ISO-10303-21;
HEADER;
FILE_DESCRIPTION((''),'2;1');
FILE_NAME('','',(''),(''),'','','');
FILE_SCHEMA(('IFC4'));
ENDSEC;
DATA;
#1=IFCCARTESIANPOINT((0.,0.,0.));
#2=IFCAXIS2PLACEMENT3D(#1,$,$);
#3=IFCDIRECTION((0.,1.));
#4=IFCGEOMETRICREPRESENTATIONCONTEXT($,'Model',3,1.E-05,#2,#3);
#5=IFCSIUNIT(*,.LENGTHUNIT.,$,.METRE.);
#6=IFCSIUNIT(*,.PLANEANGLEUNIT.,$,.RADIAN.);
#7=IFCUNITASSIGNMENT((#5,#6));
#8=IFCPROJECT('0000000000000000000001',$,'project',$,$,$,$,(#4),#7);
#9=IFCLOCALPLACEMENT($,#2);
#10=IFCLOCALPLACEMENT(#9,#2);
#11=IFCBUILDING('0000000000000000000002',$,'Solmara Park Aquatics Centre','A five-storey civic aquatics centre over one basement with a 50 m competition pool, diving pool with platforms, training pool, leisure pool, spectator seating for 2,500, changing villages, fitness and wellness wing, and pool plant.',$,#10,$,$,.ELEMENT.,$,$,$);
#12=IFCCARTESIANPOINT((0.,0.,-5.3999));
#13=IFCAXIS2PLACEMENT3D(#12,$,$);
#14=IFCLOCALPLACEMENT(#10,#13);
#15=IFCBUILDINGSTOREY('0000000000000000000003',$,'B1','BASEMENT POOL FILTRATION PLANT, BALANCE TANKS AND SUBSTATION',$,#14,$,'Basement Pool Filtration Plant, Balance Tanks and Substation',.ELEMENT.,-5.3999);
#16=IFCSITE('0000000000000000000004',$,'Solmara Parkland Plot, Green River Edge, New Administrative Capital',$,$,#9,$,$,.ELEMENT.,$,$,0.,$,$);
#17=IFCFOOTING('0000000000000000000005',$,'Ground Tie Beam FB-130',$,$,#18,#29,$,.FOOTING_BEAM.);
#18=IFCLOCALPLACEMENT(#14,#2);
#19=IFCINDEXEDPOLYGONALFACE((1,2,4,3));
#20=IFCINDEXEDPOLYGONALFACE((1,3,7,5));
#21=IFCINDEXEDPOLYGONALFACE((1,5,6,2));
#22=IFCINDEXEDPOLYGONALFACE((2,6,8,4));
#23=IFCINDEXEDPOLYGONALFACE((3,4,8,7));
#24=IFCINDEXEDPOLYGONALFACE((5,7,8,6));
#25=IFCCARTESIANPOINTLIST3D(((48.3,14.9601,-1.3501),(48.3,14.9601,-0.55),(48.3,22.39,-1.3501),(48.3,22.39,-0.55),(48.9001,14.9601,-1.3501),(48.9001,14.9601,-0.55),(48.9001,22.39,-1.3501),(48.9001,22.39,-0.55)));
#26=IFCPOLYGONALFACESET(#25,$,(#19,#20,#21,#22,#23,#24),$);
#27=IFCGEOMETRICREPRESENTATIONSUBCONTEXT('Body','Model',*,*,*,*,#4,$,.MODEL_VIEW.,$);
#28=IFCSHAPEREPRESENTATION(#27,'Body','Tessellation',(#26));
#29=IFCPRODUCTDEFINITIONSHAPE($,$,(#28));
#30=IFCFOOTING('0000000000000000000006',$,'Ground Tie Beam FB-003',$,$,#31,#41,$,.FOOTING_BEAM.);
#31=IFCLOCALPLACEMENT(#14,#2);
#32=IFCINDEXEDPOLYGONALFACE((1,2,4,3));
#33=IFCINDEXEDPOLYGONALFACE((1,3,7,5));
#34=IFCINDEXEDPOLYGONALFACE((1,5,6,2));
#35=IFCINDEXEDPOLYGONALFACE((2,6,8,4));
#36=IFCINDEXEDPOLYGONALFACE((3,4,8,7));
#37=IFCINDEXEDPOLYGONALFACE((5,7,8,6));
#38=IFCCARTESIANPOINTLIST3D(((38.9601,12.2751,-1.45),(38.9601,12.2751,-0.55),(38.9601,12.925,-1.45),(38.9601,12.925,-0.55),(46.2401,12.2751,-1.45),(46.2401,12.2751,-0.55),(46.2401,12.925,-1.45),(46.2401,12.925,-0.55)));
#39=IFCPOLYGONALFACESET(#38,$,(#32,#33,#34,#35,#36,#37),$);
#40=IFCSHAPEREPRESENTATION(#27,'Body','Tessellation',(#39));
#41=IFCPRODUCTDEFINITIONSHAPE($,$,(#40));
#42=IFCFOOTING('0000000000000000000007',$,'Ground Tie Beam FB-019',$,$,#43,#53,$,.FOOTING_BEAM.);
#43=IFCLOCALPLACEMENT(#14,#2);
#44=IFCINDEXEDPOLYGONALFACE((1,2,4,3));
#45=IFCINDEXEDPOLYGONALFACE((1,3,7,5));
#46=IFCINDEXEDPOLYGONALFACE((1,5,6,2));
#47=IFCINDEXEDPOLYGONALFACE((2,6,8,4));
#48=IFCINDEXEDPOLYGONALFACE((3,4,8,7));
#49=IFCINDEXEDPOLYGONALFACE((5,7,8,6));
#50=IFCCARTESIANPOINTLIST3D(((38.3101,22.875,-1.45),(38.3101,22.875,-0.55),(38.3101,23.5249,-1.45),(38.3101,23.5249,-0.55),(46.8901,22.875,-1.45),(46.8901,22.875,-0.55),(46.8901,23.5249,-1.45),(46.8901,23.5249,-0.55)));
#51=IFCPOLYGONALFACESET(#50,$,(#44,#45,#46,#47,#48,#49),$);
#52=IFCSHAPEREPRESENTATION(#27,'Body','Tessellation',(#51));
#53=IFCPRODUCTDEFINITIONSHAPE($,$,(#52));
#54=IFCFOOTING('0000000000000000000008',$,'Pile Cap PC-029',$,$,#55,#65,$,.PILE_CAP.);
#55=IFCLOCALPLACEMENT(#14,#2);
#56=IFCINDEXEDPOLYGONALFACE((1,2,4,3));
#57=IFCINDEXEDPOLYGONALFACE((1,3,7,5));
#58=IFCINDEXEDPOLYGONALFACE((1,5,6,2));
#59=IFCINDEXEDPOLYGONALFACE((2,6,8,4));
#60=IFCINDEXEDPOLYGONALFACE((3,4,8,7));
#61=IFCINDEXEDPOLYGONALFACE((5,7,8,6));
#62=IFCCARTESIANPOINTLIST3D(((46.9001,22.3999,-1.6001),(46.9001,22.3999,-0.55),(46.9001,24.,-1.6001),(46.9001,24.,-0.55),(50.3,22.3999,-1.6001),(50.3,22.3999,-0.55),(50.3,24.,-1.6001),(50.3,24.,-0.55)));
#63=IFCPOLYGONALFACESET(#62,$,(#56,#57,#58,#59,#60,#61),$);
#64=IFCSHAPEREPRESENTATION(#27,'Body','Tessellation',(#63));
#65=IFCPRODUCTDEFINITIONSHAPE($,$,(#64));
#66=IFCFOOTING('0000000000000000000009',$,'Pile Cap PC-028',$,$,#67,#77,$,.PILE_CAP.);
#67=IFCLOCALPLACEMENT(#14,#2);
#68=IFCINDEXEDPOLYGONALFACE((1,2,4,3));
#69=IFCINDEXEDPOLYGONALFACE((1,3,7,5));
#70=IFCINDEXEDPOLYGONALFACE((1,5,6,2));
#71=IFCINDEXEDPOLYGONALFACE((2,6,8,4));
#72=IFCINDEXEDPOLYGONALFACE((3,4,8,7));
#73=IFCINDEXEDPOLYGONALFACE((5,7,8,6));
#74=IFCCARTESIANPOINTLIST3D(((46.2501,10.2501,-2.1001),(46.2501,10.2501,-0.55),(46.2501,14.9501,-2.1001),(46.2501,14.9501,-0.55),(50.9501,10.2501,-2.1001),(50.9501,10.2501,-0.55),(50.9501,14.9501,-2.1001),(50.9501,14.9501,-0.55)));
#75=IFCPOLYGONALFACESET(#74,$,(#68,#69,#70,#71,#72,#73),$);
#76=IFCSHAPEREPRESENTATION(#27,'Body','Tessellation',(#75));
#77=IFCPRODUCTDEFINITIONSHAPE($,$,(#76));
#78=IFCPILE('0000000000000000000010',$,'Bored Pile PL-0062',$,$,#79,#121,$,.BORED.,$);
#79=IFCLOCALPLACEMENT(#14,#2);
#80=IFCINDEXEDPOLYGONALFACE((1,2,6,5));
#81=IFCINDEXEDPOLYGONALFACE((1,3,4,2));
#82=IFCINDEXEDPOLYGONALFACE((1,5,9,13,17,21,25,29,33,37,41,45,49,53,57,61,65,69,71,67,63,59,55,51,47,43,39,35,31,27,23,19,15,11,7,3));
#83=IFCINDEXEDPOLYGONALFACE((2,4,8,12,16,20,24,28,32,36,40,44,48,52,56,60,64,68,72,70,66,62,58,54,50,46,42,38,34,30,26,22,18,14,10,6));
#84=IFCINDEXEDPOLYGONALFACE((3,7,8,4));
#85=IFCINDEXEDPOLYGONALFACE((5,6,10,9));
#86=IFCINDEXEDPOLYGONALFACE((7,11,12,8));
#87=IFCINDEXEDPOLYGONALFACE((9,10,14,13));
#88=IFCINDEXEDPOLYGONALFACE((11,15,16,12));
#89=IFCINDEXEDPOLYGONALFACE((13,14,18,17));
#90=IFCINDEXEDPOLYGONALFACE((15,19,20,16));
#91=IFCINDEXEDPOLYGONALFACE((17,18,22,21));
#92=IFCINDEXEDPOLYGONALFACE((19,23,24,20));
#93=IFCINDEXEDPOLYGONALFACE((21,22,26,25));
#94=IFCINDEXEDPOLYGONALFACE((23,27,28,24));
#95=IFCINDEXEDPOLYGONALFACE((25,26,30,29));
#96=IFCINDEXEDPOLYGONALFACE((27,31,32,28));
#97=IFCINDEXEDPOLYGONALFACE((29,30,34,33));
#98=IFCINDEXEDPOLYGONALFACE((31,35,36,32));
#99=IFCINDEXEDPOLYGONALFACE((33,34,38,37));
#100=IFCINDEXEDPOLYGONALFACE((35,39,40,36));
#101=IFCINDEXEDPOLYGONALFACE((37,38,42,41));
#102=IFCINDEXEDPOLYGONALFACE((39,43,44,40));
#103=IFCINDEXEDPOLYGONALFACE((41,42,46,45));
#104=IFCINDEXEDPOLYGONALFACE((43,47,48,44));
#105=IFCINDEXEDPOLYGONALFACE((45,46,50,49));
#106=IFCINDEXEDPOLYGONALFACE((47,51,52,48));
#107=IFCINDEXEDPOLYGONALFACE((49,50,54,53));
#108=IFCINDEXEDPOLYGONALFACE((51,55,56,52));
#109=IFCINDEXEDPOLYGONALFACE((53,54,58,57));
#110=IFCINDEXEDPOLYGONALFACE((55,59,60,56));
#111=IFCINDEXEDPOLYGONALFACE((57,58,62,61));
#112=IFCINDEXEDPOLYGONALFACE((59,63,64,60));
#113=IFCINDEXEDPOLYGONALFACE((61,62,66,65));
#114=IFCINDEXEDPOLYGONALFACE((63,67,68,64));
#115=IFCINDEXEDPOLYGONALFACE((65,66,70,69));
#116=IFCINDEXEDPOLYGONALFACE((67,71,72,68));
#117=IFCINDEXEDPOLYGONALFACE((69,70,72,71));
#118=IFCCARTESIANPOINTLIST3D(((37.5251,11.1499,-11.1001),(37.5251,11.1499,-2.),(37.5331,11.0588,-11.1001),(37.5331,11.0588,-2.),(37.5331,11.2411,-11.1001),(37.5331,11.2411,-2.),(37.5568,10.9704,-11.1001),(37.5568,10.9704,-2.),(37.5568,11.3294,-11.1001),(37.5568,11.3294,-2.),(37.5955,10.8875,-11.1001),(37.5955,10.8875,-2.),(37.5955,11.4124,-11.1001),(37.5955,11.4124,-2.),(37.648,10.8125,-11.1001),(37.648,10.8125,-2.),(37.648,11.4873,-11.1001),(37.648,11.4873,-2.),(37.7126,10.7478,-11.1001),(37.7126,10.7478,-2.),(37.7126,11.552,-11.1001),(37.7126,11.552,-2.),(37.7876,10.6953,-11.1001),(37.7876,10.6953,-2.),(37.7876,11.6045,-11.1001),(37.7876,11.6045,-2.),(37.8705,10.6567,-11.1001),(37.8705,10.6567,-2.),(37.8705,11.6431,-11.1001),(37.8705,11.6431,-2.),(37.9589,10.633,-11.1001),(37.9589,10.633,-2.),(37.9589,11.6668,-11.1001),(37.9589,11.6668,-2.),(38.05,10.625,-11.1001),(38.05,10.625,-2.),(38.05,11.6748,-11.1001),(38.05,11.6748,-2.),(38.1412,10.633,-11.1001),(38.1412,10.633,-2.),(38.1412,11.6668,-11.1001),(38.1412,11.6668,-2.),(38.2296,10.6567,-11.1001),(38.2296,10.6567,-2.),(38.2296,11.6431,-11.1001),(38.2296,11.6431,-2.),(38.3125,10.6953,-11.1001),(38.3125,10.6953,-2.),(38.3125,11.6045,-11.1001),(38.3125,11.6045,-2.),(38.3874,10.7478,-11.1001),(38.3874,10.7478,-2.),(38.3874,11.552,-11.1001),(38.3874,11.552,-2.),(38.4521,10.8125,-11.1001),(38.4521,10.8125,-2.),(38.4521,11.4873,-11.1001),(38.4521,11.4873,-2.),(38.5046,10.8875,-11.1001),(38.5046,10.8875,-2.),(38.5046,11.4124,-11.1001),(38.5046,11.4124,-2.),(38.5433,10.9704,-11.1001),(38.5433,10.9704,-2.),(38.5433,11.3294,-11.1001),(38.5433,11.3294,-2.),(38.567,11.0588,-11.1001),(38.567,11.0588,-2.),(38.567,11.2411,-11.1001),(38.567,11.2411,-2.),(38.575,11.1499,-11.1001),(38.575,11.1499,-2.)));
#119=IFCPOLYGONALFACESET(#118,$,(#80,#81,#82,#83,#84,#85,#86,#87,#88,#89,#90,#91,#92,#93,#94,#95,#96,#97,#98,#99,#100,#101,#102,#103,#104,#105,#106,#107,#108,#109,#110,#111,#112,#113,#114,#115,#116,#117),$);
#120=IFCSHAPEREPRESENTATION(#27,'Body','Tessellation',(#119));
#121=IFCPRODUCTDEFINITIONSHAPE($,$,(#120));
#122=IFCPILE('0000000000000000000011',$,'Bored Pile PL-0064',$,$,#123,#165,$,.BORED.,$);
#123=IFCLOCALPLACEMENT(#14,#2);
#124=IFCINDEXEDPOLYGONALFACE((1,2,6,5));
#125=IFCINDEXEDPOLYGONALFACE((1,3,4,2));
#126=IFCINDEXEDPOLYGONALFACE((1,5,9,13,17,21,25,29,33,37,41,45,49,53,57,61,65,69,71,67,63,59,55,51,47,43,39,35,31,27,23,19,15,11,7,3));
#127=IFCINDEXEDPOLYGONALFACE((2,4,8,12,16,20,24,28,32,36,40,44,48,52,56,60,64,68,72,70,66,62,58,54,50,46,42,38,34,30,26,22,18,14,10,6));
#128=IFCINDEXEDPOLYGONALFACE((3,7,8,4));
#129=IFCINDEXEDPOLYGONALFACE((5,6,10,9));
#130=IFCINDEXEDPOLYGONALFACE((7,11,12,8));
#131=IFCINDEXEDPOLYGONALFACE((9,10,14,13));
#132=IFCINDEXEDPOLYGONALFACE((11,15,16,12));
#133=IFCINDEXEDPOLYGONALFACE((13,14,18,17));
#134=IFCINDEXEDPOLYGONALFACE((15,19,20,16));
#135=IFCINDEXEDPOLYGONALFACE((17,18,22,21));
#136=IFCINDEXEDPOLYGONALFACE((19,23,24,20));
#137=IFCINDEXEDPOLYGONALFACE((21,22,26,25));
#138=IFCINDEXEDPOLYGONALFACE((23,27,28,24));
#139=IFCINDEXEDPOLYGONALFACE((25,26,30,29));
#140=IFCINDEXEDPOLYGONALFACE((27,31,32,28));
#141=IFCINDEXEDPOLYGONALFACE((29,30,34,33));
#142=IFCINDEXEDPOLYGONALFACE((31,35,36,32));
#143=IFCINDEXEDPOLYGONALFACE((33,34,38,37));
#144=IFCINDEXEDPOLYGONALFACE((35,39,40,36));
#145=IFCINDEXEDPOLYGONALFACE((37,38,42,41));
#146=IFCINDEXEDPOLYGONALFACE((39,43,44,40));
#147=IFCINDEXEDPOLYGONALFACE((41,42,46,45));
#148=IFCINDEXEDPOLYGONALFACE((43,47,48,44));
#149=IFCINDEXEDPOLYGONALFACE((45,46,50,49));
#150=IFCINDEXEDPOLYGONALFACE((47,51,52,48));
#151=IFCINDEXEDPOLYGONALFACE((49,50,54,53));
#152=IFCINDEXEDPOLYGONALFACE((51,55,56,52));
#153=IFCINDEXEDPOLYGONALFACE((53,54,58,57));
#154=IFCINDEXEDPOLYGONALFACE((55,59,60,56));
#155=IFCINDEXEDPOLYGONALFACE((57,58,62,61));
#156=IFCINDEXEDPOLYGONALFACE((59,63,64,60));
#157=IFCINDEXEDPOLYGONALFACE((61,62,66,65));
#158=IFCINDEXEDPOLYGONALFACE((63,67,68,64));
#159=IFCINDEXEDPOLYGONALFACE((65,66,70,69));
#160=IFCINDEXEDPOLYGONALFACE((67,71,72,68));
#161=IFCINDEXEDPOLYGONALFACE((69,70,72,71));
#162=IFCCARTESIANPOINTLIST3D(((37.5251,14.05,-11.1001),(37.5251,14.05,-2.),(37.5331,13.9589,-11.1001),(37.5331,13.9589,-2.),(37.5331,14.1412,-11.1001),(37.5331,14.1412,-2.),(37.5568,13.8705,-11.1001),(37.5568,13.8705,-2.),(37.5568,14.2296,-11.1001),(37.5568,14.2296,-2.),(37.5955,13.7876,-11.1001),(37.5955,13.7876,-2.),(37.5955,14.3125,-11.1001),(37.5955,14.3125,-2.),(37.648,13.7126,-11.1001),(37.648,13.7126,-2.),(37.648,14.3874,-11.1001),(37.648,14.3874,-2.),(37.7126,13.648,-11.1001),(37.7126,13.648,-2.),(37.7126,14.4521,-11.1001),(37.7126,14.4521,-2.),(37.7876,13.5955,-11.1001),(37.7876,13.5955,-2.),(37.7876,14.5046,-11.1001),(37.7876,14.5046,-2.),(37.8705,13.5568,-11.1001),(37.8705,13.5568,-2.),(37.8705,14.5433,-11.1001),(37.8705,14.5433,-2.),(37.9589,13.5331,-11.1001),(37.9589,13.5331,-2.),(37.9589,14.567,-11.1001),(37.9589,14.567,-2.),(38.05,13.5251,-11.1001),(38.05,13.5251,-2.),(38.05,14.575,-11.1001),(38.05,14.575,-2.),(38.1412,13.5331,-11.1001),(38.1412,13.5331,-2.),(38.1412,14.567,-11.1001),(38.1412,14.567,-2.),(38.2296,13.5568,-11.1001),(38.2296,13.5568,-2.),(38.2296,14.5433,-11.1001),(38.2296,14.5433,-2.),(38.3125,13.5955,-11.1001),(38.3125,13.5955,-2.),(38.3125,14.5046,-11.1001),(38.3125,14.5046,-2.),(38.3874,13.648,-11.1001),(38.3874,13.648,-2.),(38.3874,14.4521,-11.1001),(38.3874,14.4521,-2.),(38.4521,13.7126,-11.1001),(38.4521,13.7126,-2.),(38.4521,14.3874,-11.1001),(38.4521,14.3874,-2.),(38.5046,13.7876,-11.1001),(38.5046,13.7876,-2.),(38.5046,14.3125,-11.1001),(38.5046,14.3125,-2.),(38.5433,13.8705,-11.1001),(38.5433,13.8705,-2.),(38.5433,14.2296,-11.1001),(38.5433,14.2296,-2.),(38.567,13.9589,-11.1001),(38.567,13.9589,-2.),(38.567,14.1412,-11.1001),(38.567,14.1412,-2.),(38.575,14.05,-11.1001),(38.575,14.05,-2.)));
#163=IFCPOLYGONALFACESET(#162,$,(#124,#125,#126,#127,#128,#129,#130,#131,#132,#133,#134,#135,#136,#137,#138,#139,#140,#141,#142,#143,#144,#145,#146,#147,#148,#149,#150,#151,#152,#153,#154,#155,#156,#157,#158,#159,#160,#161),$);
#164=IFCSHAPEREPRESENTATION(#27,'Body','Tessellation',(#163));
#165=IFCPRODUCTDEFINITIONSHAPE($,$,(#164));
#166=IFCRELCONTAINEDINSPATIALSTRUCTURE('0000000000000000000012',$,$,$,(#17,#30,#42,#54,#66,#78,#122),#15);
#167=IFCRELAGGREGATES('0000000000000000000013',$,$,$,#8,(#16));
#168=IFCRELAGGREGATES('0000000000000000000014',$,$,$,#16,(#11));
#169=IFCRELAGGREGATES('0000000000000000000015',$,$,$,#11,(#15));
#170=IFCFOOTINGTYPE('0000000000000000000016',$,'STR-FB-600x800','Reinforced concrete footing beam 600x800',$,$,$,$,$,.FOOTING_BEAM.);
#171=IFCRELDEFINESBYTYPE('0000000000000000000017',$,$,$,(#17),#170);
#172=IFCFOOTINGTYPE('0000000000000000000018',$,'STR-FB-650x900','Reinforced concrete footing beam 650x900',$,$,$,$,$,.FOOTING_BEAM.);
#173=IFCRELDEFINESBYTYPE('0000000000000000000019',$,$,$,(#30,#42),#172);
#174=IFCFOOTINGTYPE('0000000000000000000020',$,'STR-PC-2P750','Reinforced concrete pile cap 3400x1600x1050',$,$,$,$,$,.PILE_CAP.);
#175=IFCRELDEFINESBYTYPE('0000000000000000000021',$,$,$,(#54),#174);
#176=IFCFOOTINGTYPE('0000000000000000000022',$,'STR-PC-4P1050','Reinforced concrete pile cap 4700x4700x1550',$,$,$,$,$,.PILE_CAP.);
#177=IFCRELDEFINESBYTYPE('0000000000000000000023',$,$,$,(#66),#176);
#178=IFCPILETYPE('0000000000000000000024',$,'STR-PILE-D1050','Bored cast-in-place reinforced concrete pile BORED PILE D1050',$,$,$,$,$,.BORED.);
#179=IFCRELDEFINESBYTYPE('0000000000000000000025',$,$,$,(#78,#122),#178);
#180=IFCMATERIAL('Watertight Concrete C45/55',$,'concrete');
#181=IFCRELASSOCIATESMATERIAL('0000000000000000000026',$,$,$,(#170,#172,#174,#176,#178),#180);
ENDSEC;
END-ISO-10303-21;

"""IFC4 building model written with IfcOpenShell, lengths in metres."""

from ifc_helpers import new_model, si_unit, direction, frame, origin, origin_2d, place, context, subcontext, project, spatial, rectangle, circle, extrude, material, material_profile, profile_set, type_object, element, save


model = new_model("IFC4")

# Units and contexts
model_context = context("Model", 3, precision=1e-05, world=origin(), true_north=direction((0.0, 1.0)))
body_context = subcontext(model_context, "Body", "Model", "MODEL_VIEW")
ifc_project = project(units=[si_unit("LENGTHUNIT", "METRE"), si_unit("PLANEANGLEUNIT", "RADIAN")], contexts=[model_context])

# Site, building, storey
site_placement = place(None, origin())
site = spatial("IfcSite", under=ifc_project, at=site_placement, Name="Solmara Parkland Plot, Green River Edge, New Administrative Capital", CompositionType="ELEMENT", RefElevation=0.0)
building_placement = place(site_placement, origin())
building = spatial("IfcBuilding", under=site, at=building_placement, Name="Solmara Park Aquatics Centre", Description="A five-storey civic aquatics centre over one basement with a 50 m competition pool, diving pool with platforms, training pool, leisure pool, spectator seating for 2,500, changing villages, fitness and wellness wing, and pool plant.", CompositionType="ELEMENT")
storey_placement = place(building_placement, frame((0.0, 0.0, -5.3999)))
storey = spatial("IfcBuildingStorey", under=building, at=storey_placement, Name="B1", Description="BASEMENT POOL FILTRATION PLANT, BALANCE TANKS AND SUBSTATION", LongName="Basement Pool Filtration Plant, Balance Tanks and Substation", CompositionType="ELEMENT", Elevation=-5.3999)

# Footings
ifc_material_1 = material(Name="Watertight Concrete C45/55", Category="concrete")
footing_type_1 = type_object("IfcFootingType", Name="STR-FB-600x800", Description="Reinforced concrete footing beam 600x800", PredefinedType="FOOTING_BEAM", material=ifc_material_1)
footing_1_placement = place(storey_placement, frame((48.6001, 18.675, -1.3501), z_axis=(0.0, 0.0, 1.0), x_axis=(1.0, 0.0, 0.0)))
element("IfcFooting", 1, at=footing_1_placement, inside=storey, type_object=footing_type_1, Name="Ground Tie Beam FB-130", PredefinedType="FOOTING_BEAM", context=body_context, shape_type="SweptSolid", body=[
    extrude(rectangle(XDim=0.6001, YDim=7.4299, at=origin_2d()), origin(), (0.0, 0.0, 1.0), 0.8),
])
footing_type_2 = type_object("IfcFootingType", Name="STR-FB-650x900", Description="Reinforced concrete footing beam 650x900", PredefinedType="FOOTING_BEAM", material=ifc_material_1)
footing_2_placement = place(storey_placement, frame((42.6001, 12.6001, -1.45), z_axis=(0.0, 0.0, 1.0), x_axis=(1.0, 0.0, 0.0)))
element("IfcFooting", 2, at=footing_2_placement, inside=storey, type_object=footing_type_2, Name="Ground Tie Beam FB-003", PredefinedType="FOOTING_BEAM", context=body_context, shape_type="SweptSolid", body=[
    extrude(rectangle(XDim=7.28, YDim=0.6499, at=origin_2d()), origin(), (0.0, 0.0, 1.0), 0.8999),
])
footing_3_placement = place(storey_placement, frame((42.6001, 23.2, -1.45), z_axis=(0.0, 0.0, 1.0), x_axis=(1.0, 0.0, 0.0)))
element("IfcFooting", 3, at=footing_3_placement, inside=storey, type_object=footing_type_2, Name="Ground Tie Beam FB-019", PredefinedType="FOOTING_BEAM", context=body_context, shape_type="SweptSolid", body=[
    extrude(rectangle(XDim=8.5801, YDim=0.6499, at=origin_2d()), origin(), (0.0, 0.0, 1.0), 0.8999),
])
footing_type_3 = type_object("IfcFootingType", Name="STR-PC-2P750", Description="Reinforced concrete pile cap 3400x1600x1050", PredefinedType="PILE_CAP", material=ifc_material_1)
footing_4_placement = place(storey_placement, frame((48.6001, 23.2, -1.6001), z_axis=(0.0, 0.0, 1.0), x_axis=(1.0, 0.0, 0.0)))
element("IfcFooting", 4, at=footing_4_placement, inside=storey, type_object=footing_type_3, Name="Pile Cap PC-029", PredefinedType="PILE_CAP", context=body_context, shape_type="SweptSolid", body=[
    extrude(rectangle(XDim=3.3999, YDim=1.6001, at=origin_2d()), origin(), (0.0, 0.0, 1.0), 1.05),
])
footing_type_4 = type_object("IfcFootingType", Name="STR-PC-4P1050", Description="Reinforced concrete pile cap 4700x4700x1550", PredefinedType="PILE_CAP", material=ifc_material_1)
footing_5_placement = place(storey_placement, frame((48.6001, 12.6001, -2.1001), z_axis=(0.0, 0.0, 1.0), x_axis=(1.0, 0.0, 0.0)))
element("IfcFooting", 5, at=footing_5_placement, inside=storey, type_object=footing_type_4, Name="Pile Cap PC-028", PredefinedType="PILE_CAP", context=body_context, shape_type="SweptSolid", body=[
    extrude(rectangle(XDim=4.7, YDim=4.7, at=origin_2d()), origin(), (0.0, 0.0, 1.0), 1.55),
])

# Piles
ifc_material_profile_1 = material_profile(ifc_material_1, circle(Radius=0.5249, at=origin_2d()), Name="BORED PILE D1050")
ifc_profile_set_1 = profile_set([ifc_material_profile_1], Name="Watertight Concrete C45/55")
pile_type_1 = type_object("IfcPileType", Name="STR-PILE-D1050", Description="Bored cast-in-place reinforced concrete pile BORED PILE D1050", PredefinedType="BORED", material=ifc_profile_set_1)
for number, where, z_axis, x_axis, name in (
    (6, (38.05, 11.1499, -2.0), (0.0, 0.0, -1.0), (1.0, 0.0, 0.0), "Bored Pile PL-0062"),
    (7, (38.05, 14.05, -2.0), (0.0, 0.0, -1.0), (1.0, 0.0, 0.0), "Bored Pile PL-0064"),
):
    element("IfcPile", number, at=place(storey_placement, frame(where, z_axis=z_axis, x_axis=x_axis)), inside=storey, type_object=pile_type_1, Name=name, PredefinedType="BORED", context=body_context, shape_type="SweptSolid", body=[
        extrude(circle(Radius=0.5249, at=origin_2d()), origin(), (0.0, 0.0, 1.0), 9.1001),
    ])

save(model, "model.ifc")
